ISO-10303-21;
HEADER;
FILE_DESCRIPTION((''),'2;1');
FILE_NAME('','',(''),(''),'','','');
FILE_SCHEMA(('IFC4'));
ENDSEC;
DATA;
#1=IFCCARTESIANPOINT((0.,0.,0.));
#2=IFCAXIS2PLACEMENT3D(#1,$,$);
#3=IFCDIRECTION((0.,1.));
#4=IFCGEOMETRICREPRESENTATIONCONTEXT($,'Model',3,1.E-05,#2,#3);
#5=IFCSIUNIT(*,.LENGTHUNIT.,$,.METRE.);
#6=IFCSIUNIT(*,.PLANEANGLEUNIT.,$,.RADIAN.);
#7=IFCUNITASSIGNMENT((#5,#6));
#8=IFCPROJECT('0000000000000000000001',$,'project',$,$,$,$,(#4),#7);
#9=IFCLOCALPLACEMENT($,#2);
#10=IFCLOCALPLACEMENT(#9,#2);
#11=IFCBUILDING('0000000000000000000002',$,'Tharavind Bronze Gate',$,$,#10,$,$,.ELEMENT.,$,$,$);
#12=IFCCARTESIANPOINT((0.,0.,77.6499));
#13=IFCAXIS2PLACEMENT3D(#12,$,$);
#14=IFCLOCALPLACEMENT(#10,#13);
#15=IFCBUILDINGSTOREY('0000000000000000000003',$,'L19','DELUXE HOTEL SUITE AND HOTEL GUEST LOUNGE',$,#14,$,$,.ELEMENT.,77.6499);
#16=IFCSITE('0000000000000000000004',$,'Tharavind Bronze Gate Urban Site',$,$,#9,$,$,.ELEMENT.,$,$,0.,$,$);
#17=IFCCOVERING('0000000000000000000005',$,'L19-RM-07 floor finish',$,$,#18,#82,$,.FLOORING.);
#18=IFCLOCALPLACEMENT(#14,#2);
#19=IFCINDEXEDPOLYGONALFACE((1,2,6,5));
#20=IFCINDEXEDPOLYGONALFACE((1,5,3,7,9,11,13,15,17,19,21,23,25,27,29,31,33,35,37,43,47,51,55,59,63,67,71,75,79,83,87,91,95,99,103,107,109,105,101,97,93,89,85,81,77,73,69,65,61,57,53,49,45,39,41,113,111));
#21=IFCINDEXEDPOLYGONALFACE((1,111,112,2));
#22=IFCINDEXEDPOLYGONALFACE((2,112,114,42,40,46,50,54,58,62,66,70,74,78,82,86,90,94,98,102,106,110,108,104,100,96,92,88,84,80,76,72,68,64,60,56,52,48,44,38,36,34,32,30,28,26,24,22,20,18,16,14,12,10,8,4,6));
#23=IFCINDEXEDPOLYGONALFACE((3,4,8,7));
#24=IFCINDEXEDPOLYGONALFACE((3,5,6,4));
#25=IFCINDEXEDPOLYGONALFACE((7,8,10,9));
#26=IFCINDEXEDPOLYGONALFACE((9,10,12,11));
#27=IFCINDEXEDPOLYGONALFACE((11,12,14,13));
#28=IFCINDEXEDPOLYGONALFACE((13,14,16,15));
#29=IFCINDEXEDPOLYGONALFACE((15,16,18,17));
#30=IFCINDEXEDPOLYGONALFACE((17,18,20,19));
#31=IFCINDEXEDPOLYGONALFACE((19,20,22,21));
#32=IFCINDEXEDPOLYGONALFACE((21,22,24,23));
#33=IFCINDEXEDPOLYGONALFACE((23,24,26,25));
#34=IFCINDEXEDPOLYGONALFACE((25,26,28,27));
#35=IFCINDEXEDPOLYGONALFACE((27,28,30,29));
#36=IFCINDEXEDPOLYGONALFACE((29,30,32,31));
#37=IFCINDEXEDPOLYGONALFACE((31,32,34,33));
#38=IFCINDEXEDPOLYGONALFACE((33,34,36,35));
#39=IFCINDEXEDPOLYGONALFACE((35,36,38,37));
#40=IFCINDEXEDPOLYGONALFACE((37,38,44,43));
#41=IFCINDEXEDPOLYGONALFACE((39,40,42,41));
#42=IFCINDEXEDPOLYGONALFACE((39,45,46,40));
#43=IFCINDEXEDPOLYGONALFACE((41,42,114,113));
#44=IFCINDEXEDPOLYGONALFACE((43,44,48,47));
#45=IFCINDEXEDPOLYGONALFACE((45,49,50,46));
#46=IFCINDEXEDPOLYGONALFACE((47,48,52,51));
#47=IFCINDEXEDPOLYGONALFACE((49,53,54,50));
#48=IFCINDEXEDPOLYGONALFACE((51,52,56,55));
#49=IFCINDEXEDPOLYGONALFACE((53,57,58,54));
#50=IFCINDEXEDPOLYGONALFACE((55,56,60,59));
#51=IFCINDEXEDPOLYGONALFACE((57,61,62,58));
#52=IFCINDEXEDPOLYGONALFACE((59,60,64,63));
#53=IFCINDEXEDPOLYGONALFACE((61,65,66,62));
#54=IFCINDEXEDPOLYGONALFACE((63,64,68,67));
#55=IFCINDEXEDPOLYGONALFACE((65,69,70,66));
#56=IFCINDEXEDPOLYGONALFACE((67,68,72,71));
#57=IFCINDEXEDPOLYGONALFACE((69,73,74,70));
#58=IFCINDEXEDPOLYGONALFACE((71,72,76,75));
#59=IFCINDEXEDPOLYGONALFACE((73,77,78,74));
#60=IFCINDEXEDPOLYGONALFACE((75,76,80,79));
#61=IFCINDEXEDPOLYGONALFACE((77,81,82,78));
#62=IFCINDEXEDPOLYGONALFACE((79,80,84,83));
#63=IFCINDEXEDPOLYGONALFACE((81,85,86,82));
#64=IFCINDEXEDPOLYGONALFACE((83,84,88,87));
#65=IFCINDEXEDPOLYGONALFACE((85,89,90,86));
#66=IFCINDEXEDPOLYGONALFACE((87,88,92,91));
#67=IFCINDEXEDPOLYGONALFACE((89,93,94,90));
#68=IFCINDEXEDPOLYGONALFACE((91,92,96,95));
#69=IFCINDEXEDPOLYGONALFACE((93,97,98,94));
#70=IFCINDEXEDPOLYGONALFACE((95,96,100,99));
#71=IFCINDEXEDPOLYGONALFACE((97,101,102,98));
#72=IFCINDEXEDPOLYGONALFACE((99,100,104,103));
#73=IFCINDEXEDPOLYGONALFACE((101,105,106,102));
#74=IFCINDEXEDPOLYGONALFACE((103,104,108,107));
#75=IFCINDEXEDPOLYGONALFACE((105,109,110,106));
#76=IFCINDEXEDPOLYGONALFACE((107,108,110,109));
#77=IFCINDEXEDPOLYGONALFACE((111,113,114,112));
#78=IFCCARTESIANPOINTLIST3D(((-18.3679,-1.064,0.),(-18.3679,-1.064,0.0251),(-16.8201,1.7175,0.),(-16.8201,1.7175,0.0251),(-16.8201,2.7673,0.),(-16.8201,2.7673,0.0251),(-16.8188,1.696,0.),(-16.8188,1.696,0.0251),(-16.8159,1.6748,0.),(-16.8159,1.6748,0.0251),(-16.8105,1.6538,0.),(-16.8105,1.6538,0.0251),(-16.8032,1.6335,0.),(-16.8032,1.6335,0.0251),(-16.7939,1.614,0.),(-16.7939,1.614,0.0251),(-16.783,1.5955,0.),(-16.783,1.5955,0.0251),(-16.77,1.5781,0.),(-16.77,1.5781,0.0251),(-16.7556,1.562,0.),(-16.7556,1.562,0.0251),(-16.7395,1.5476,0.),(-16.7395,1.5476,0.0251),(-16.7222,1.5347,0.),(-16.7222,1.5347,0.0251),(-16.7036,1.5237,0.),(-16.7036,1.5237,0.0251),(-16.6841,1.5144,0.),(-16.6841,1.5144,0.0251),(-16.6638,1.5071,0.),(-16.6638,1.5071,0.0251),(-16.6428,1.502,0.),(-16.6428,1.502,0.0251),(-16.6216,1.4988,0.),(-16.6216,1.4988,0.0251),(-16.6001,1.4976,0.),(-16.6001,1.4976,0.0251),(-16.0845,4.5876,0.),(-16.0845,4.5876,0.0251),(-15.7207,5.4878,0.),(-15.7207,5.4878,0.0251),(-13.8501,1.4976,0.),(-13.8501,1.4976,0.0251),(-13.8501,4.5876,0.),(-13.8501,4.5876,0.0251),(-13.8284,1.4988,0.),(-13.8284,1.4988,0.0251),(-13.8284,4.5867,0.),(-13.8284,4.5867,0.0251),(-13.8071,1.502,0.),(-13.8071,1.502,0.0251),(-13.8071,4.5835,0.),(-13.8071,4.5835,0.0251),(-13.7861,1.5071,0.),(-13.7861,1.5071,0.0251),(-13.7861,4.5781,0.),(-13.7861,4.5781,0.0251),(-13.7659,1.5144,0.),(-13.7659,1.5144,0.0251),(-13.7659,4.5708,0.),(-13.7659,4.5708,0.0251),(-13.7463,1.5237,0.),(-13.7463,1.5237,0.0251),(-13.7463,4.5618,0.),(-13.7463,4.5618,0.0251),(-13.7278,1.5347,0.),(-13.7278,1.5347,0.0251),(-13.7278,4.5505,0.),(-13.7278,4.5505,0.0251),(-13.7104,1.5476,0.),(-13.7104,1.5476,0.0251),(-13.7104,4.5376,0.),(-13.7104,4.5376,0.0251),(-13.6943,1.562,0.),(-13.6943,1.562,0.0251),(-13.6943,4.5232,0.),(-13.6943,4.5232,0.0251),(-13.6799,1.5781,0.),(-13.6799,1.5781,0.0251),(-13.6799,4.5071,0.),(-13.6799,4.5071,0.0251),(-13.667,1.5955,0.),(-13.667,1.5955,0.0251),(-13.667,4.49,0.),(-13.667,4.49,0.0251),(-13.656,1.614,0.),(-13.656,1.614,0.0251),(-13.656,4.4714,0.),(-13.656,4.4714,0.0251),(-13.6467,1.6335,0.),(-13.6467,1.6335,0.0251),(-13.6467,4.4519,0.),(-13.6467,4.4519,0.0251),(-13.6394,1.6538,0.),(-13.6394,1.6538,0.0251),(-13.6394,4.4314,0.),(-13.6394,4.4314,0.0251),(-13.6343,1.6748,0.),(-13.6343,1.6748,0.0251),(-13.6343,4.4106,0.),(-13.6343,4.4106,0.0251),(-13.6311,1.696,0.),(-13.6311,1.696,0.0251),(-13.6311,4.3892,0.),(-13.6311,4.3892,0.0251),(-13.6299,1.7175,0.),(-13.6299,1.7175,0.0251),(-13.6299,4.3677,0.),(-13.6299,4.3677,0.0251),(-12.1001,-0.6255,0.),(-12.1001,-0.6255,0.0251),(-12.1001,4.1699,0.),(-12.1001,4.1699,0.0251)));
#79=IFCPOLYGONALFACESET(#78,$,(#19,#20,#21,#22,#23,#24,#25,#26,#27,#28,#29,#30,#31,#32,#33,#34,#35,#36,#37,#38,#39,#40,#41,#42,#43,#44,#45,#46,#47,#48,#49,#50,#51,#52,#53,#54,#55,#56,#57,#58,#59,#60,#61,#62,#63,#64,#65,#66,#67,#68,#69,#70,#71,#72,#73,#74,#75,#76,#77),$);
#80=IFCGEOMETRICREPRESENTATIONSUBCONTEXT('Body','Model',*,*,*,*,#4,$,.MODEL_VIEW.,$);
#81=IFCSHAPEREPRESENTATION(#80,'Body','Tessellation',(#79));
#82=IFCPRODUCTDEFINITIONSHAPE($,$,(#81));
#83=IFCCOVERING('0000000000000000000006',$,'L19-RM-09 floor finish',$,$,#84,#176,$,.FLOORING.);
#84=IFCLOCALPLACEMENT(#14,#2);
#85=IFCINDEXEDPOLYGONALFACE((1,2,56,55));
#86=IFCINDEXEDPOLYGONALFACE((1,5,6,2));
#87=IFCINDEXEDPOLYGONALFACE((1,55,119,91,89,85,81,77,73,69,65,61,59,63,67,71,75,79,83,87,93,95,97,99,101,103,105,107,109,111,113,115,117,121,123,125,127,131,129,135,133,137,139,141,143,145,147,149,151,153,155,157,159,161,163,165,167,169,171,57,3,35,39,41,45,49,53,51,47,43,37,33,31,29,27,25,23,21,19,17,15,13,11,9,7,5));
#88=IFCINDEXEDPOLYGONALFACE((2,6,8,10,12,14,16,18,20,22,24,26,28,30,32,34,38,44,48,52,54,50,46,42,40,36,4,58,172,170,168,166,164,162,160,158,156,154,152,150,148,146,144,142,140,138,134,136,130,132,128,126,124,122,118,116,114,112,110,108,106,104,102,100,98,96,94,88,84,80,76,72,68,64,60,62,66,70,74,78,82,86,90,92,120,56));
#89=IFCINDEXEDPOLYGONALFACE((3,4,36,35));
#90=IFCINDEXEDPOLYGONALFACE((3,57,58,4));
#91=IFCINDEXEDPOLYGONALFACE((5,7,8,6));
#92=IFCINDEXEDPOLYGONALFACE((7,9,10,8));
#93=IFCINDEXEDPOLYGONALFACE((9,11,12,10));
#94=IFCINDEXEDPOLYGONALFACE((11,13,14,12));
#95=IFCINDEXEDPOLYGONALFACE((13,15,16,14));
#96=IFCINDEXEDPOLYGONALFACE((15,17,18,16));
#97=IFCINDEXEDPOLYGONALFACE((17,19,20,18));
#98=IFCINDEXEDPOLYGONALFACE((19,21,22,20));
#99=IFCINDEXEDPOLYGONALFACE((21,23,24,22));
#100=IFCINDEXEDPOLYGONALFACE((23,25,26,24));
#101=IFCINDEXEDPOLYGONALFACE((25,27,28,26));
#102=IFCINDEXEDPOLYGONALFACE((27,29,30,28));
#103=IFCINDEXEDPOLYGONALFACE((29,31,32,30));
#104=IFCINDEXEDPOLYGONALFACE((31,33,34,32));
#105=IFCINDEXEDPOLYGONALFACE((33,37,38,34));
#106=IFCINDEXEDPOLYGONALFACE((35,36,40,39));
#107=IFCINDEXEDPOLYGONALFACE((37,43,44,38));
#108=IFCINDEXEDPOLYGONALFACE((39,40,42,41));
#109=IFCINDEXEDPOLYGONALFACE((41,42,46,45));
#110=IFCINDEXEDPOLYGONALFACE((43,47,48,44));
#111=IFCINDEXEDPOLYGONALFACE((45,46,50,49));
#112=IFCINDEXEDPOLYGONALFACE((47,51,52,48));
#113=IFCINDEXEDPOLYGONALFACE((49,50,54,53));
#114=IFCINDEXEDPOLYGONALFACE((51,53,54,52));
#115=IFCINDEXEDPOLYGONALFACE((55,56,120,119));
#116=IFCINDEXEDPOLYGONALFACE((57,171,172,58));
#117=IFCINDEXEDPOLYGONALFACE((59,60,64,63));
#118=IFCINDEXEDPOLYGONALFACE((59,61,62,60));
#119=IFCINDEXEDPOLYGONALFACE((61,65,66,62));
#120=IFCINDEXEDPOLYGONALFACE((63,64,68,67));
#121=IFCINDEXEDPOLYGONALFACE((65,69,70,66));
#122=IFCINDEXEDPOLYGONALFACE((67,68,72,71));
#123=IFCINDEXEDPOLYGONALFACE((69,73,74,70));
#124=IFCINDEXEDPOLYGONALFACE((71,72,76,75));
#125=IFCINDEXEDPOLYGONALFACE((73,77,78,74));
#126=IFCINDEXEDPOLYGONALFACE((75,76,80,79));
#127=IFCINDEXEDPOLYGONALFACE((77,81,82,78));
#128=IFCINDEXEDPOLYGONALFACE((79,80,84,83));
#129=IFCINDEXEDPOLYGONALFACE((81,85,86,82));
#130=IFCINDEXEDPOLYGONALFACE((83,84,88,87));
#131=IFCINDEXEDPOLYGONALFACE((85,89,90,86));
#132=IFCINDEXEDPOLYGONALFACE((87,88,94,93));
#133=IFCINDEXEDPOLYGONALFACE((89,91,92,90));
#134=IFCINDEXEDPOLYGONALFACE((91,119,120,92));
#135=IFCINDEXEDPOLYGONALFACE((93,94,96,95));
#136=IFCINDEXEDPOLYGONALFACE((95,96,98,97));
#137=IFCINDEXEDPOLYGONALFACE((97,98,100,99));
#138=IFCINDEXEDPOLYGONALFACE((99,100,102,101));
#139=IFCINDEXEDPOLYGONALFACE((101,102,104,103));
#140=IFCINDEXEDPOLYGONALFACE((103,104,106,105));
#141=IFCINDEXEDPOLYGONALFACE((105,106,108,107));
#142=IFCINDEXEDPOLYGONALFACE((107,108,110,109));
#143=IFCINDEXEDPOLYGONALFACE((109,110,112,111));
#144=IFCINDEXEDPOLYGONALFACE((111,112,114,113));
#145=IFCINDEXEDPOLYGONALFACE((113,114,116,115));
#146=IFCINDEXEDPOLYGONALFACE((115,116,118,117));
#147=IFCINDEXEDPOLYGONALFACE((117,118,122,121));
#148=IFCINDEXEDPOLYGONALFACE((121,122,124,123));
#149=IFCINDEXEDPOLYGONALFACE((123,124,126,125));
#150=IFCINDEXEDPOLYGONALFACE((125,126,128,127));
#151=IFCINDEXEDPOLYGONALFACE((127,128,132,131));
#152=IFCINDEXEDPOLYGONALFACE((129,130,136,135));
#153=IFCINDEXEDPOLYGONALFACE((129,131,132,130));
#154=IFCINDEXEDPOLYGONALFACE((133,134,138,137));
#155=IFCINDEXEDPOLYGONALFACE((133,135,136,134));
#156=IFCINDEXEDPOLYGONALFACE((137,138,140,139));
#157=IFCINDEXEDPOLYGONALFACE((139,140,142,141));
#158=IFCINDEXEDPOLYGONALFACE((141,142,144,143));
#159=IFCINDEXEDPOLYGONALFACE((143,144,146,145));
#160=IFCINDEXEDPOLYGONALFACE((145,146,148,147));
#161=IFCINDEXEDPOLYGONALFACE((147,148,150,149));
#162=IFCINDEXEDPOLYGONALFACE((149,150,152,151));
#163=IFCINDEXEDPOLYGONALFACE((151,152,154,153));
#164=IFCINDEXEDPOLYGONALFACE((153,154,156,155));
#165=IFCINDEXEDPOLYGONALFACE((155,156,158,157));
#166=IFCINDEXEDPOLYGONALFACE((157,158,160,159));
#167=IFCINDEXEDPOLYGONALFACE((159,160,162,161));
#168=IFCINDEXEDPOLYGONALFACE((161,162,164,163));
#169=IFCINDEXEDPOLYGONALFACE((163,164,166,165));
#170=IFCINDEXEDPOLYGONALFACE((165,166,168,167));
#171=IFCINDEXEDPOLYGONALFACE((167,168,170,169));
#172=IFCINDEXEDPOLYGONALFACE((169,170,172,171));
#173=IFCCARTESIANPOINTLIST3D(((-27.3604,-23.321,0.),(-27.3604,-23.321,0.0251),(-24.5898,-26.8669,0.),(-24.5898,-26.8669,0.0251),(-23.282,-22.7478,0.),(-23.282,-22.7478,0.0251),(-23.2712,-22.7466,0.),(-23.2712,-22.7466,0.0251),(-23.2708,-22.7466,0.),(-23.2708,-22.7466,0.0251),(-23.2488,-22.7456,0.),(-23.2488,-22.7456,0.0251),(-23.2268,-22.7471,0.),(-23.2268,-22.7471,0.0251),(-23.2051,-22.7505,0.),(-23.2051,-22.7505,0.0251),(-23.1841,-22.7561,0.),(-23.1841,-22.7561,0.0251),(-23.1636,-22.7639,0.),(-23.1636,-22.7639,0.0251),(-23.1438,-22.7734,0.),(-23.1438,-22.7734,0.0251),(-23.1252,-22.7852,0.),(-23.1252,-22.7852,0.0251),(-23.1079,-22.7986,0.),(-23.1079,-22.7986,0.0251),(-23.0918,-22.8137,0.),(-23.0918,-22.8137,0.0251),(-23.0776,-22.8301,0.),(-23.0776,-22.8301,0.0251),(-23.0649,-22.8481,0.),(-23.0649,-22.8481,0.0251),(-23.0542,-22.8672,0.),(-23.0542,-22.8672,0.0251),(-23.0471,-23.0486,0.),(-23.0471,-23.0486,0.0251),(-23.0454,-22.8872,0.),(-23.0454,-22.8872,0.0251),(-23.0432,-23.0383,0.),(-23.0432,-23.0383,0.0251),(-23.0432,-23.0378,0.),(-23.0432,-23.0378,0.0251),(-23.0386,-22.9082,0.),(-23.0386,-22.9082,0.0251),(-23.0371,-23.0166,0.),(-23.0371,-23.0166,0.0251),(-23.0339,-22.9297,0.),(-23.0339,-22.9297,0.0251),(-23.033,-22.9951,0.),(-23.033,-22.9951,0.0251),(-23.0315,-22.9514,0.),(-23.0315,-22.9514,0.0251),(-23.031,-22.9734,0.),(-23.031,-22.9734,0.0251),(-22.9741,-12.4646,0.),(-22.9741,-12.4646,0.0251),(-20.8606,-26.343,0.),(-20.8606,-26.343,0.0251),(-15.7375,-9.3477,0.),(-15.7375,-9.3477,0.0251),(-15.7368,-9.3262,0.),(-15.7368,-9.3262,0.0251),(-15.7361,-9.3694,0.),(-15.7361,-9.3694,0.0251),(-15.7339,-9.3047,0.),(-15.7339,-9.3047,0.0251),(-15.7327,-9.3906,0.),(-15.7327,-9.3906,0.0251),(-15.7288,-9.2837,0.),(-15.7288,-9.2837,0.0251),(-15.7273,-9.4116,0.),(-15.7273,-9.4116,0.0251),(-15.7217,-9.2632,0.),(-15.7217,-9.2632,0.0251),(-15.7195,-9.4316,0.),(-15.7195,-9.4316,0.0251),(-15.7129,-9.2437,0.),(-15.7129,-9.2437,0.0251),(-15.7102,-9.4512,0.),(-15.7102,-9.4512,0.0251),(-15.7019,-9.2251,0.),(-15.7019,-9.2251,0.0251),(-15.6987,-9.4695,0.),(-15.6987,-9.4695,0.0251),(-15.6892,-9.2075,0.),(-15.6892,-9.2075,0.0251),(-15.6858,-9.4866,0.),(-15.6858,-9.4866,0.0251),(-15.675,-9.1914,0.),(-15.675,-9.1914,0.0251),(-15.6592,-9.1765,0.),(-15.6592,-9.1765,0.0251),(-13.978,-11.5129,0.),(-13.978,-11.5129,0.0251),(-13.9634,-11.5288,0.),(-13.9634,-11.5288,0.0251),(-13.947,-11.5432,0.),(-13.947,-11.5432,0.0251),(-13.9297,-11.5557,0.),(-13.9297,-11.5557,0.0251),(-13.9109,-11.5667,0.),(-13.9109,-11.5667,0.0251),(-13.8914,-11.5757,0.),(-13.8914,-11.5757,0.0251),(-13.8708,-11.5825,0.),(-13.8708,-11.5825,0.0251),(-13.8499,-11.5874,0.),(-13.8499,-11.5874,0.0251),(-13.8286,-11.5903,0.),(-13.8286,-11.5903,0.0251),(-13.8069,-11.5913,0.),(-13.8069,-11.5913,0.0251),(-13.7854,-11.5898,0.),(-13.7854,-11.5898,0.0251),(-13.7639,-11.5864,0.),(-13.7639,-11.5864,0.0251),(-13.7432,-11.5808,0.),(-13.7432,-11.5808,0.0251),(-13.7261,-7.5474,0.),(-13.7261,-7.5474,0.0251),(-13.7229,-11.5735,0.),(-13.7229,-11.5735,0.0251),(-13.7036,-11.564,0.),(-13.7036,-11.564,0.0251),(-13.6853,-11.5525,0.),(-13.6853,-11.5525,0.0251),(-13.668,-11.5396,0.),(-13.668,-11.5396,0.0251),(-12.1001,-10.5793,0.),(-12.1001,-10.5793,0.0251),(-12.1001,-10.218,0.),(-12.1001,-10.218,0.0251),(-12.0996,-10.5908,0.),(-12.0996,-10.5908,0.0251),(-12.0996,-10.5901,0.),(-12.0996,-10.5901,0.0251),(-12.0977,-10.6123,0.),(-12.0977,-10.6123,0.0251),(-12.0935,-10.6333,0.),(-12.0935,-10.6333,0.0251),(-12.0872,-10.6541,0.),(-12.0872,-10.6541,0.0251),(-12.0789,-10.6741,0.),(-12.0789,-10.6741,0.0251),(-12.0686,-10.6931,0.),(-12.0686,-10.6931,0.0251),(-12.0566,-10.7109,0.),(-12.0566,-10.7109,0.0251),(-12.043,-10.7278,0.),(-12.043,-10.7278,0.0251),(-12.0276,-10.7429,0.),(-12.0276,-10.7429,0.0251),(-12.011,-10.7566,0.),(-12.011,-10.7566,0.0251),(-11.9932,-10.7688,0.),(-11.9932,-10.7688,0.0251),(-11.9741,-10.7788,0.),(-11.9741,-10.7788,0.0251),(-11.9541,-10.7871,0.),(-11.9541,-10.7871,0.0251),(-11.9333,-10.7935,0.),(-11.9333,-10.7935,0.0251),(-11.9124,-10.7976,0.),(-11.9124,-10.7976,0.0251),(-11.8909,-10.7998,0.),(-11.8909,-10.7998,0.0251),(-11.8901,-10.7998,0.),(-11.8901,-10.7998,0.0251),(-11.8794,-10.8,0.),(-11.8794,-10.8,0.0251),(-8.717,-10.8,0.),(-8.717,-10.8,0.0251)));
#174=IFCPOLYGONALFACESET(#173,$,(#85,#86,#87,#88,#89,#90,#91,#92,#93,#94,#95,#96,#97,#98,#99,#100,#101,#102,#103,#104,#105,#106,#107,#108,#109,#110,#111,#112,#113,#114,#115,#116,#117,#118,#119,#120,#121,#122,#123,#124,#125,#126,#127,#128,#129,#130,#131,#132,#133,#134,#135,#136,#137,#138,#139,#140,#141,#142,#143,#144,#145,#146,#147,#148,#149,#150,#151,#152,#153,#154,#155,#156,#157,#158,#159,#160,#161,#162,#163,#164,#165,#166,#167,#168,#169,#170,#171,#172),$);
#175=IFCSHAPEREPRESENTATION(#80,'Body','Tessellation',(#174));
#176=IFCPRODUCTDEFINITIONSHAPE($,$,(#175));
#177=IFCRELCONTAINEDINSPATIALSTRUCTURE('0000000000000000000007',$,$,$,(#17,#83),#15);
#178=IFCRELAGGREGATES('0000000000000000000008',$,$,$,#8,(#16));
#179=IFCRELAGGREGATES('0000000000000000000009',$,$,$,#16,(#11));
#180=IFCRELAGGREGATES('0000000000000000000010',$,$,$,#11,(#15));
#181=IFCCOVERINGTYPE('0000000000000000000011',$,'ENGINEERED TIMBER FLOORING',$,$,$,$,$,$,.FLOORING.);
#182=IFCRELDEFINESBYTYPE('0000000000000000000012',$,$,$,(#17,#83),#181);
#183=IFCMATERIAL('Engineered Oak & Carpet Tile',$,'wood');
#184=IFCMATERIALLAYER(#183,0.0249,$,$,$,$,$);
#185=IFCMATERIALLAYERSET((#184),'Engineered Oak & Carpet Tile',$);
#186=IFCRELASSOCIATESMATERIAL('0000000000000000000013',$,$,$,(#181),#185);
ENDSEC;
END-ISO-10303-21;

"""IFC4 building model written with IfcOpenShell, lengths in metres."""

from ifc_helpers import new_model, si_unit, direction, frame, origin, place, context, subcontext, project, spatial, polyline, outline, extrude, material, layer, layer_set, type_object, element, save


model = new_model("IFC4")

# Units and contexts
model_context = context("Model", 3, precision=1e-05, world=origin(), true_north=direction((0.0, 1.0)))
body_context = subcontext(model_context, "Body", "Model", "MODEL_VIEW")
ifc_project = project(units=[si_unit("LENGTHUNIT", "METRE"), si_unit("PLANEANGLEUNIT", "RADIAN")], contexts=[model_context])

# Site, building, storey
site_placement = place(None, origin())
site = spatial("IfcSite", under=ifc_project, at=site_placement, Name="Tharavind Bronze Gate Urban Site", CompositionType="ELEMENT", RefElevation=0.0)
building_placement = place(site_placement, origin())
building = spatial("IfcBuilding", under=site, at=building_placement, Name="Tharavind Bronze Gate", CompositionType="ELEMENT")
storey_placement = place(building_placement, frame((0.0, 0.0, 77.6499)))
storey = spatial("IfcBuildingStorey", under=building, at=storey_placement, Name="L19", Description="DELUXE HOTEL SUITE AND HOTEL GUEST LOUNGE", CompositionType="ELEMENT", Elevation=77.6499)

# Coverings
ifc_material_1 = material(Name="Engineered Oak & Carpet Tile", Category="wood")
ifc_layer_1 = layer(ifc_material_1, 0.0249)
ifc_layer_set_1 = layer_set([ifc_layer_1], Name="Engineered Oak & Carpet Tile")
covering_type_1 = type_object("IfcCoveringType", Name="ENGINEERED TIMBER FLOORING", PredefinedType="FLOORING", material=ifc_layer_set_1)
covering_1_placement = place(storey_placement, origin())
element("IfcCovering", 1, at=covering_1_placement, inside=storey, type_object=covering_type_1, Name="L19-RM-07 floor finish", PredefinedType="FLOORING", context=body_context, shape_type="SweptSolid", body=[
    extrude(outline(polyline([(-12.1001, -0.6255), (-12.1001, 4.1699), (-15.7207, 5.4878), (-16.0845, 4.5876), (-13.8501, 4.5876), (-13.8284, 4.5867), (-13.8071, 4.5835), (-13.7861, 4.5781), (-13.7659, 4.5708), (-13.7463, 4.5618), (-13.7278, 4.5505), (-13.7104, 4.5376), (-13.6943, 4.5232), (-13.6799, 4.5071), (-13.667, 4.49), (-13.656, 4.4714), (-13.6467, 4.4519), (-13.6394, 4.4314), (-13.6343, 4.4106), (-13.6311, 4.3892), (-13.6299, 4.3677), (-13.6299, 1.7175), (-13.6311, 1.696), (-13.6343, 1.6748), (-13.6394, 1.6538), (-13.6467, 1.6335), (-13.656, 1.614), (-13.667, 1.5955), (-13.6799, 1.5781), (-13.6943, 1.562), (-13.7104, 1.5476), (-13.7278, 1.5347), (-13.7463, 1.5237), (-13.7659, 1.5144), (-13.7861, 1.5071), (-13.8071, 1.502), (-13.8284, 1.4988), (-13.8501, 1.4976), (-16.6001, 1.4976), (-16.6216, 1.4988), (-16.6428, 1.502), (-16.6638, 1.5071), (-16.6841, 1.5144), (-16.7036, 1.5237), (-16.7222, 1.5347), (-16.7395, 1.5476), (-16.7556, 1.562), (-16.77, 1.5781), (-16.783, 1.5955), (-16.7939, 1.614), (-16.8032, 1.6335), (-16.8105, 1.6538), (-16.8159, 1.6748), (-16.8188, 1.696), (-16.8201, 1.7175), (-16.8201, 2.7673), (-18.3679, -1.064), (-12.1001, -0.6255)])), origin(), (0.0, 0.0, 1.0), 0.0251),
])
covering_2_placement = place(storey_placement, origin())
element("IfcCovering", 2, at=covering_2_placement, inside=storey, type_object=covering_type_1, Name="L19-RM-09 floor finish", PredefinedType="FLOORING", context=body_context, shape_type="SweptSolid", body=[
    extrude(outline(polyline([(-23.282, -22.7478), (-23.2712, -22.7466), (-23.2708, -22.7466), (-23.2488, -22.7456), (-23.2268, -22.7471), (-23.2051, -22.7505), (-23.1841, -22.7561), (-23.1636, -22.7639), (-23.1438, -22.7734), (-23.1252, -22.7852), (-23.1079, -22.7986), (-23.0918, -22.8137), (-23.0776, -22.8301), (-23.0649, -22.8481), (-23.0542, -22.8672), (-23.0454, -22.8872), (-23.0386, -22.9082), (-23.0339, -22.9297), (-23.0315, -22.9514), (-23.031, -22.9734), (-23.033, -22.9951), (-23.0371, -23.0166), (-23.0432, -23.0378), (-23.0432, -23.0383), (-23.0471, -23.0486), (-24.5898, -26.8669), (-20.8606, -26.343), (-8.717, -10.8), (-11.8794, -10.8), (-11.8901, -10.7998), (-11.8909, -10.7998), (-11.9124, -10.7976), (-11.9333, -10.7935), (-11.9541, -10.7871), (-11.9741, -10.7788), (-11.9932, -10.7688), (-12.011, -10.7566), (-12.0276, -10.7429), (-12.043, -10.7278), (-12.0566, -10.7109), (-12.0686, -10.6931), (-12.0789, -10.6741), (-12.0872, -10.6541), (-12.0935, -10.6333), (-12.0977, -10.6123), (-12.0996, -10.5908), (-12.0996, -10.5901), (-12.1001, -10.5793), (-12.1001, -10.218), (-13.668, -11.5396), (-13.6853, -11.5525), (-13.7036, -11.564), (-13.7229, -11.5735), (-13.7432, -11.5808), (-13.7639, -11.5864), (-13.7854, -11.5898), (-13.8069, -11.5913), (-13.8286, -11.5903), (-13.8499, -11.5874), (-13.8708, -11.5825), (-13.8914, -11.5757), (-13.9109, -11.5667), (-13.9297, -11.5557), (-13.947, -11.5432), (-13.9634, -11.5288), (-13.978, -11.5129), (-15.6858, -9.4866), (-15.6987, -9.4695), (-15.7102, -9.4512), (-15.7195, -9.4316), (-15.7273, -9.4116), (-15.7327, -9.3906), (-15.7361, -9.3694), (-15.7375, -9.3477), (-15.7368, -9.3262), (-15.7339, -9.3047), (-15.7288, -9.2837), (-15.7217, -9.2632), (-15.7129, -9.2437), (-15.7019, -9.2251), (-15.6892, -9.2075), (-15.675, -9.1914), (-15.6592, -9.1765), (-13.7261, -7.5474), (-22.9741, -12.4646), (-27.3604, -23.321), (-23.282, -22.7478)])), origin(), (0.0, 0.0, 1.0), 0.0251),
])

save(model, "model.ifc")
